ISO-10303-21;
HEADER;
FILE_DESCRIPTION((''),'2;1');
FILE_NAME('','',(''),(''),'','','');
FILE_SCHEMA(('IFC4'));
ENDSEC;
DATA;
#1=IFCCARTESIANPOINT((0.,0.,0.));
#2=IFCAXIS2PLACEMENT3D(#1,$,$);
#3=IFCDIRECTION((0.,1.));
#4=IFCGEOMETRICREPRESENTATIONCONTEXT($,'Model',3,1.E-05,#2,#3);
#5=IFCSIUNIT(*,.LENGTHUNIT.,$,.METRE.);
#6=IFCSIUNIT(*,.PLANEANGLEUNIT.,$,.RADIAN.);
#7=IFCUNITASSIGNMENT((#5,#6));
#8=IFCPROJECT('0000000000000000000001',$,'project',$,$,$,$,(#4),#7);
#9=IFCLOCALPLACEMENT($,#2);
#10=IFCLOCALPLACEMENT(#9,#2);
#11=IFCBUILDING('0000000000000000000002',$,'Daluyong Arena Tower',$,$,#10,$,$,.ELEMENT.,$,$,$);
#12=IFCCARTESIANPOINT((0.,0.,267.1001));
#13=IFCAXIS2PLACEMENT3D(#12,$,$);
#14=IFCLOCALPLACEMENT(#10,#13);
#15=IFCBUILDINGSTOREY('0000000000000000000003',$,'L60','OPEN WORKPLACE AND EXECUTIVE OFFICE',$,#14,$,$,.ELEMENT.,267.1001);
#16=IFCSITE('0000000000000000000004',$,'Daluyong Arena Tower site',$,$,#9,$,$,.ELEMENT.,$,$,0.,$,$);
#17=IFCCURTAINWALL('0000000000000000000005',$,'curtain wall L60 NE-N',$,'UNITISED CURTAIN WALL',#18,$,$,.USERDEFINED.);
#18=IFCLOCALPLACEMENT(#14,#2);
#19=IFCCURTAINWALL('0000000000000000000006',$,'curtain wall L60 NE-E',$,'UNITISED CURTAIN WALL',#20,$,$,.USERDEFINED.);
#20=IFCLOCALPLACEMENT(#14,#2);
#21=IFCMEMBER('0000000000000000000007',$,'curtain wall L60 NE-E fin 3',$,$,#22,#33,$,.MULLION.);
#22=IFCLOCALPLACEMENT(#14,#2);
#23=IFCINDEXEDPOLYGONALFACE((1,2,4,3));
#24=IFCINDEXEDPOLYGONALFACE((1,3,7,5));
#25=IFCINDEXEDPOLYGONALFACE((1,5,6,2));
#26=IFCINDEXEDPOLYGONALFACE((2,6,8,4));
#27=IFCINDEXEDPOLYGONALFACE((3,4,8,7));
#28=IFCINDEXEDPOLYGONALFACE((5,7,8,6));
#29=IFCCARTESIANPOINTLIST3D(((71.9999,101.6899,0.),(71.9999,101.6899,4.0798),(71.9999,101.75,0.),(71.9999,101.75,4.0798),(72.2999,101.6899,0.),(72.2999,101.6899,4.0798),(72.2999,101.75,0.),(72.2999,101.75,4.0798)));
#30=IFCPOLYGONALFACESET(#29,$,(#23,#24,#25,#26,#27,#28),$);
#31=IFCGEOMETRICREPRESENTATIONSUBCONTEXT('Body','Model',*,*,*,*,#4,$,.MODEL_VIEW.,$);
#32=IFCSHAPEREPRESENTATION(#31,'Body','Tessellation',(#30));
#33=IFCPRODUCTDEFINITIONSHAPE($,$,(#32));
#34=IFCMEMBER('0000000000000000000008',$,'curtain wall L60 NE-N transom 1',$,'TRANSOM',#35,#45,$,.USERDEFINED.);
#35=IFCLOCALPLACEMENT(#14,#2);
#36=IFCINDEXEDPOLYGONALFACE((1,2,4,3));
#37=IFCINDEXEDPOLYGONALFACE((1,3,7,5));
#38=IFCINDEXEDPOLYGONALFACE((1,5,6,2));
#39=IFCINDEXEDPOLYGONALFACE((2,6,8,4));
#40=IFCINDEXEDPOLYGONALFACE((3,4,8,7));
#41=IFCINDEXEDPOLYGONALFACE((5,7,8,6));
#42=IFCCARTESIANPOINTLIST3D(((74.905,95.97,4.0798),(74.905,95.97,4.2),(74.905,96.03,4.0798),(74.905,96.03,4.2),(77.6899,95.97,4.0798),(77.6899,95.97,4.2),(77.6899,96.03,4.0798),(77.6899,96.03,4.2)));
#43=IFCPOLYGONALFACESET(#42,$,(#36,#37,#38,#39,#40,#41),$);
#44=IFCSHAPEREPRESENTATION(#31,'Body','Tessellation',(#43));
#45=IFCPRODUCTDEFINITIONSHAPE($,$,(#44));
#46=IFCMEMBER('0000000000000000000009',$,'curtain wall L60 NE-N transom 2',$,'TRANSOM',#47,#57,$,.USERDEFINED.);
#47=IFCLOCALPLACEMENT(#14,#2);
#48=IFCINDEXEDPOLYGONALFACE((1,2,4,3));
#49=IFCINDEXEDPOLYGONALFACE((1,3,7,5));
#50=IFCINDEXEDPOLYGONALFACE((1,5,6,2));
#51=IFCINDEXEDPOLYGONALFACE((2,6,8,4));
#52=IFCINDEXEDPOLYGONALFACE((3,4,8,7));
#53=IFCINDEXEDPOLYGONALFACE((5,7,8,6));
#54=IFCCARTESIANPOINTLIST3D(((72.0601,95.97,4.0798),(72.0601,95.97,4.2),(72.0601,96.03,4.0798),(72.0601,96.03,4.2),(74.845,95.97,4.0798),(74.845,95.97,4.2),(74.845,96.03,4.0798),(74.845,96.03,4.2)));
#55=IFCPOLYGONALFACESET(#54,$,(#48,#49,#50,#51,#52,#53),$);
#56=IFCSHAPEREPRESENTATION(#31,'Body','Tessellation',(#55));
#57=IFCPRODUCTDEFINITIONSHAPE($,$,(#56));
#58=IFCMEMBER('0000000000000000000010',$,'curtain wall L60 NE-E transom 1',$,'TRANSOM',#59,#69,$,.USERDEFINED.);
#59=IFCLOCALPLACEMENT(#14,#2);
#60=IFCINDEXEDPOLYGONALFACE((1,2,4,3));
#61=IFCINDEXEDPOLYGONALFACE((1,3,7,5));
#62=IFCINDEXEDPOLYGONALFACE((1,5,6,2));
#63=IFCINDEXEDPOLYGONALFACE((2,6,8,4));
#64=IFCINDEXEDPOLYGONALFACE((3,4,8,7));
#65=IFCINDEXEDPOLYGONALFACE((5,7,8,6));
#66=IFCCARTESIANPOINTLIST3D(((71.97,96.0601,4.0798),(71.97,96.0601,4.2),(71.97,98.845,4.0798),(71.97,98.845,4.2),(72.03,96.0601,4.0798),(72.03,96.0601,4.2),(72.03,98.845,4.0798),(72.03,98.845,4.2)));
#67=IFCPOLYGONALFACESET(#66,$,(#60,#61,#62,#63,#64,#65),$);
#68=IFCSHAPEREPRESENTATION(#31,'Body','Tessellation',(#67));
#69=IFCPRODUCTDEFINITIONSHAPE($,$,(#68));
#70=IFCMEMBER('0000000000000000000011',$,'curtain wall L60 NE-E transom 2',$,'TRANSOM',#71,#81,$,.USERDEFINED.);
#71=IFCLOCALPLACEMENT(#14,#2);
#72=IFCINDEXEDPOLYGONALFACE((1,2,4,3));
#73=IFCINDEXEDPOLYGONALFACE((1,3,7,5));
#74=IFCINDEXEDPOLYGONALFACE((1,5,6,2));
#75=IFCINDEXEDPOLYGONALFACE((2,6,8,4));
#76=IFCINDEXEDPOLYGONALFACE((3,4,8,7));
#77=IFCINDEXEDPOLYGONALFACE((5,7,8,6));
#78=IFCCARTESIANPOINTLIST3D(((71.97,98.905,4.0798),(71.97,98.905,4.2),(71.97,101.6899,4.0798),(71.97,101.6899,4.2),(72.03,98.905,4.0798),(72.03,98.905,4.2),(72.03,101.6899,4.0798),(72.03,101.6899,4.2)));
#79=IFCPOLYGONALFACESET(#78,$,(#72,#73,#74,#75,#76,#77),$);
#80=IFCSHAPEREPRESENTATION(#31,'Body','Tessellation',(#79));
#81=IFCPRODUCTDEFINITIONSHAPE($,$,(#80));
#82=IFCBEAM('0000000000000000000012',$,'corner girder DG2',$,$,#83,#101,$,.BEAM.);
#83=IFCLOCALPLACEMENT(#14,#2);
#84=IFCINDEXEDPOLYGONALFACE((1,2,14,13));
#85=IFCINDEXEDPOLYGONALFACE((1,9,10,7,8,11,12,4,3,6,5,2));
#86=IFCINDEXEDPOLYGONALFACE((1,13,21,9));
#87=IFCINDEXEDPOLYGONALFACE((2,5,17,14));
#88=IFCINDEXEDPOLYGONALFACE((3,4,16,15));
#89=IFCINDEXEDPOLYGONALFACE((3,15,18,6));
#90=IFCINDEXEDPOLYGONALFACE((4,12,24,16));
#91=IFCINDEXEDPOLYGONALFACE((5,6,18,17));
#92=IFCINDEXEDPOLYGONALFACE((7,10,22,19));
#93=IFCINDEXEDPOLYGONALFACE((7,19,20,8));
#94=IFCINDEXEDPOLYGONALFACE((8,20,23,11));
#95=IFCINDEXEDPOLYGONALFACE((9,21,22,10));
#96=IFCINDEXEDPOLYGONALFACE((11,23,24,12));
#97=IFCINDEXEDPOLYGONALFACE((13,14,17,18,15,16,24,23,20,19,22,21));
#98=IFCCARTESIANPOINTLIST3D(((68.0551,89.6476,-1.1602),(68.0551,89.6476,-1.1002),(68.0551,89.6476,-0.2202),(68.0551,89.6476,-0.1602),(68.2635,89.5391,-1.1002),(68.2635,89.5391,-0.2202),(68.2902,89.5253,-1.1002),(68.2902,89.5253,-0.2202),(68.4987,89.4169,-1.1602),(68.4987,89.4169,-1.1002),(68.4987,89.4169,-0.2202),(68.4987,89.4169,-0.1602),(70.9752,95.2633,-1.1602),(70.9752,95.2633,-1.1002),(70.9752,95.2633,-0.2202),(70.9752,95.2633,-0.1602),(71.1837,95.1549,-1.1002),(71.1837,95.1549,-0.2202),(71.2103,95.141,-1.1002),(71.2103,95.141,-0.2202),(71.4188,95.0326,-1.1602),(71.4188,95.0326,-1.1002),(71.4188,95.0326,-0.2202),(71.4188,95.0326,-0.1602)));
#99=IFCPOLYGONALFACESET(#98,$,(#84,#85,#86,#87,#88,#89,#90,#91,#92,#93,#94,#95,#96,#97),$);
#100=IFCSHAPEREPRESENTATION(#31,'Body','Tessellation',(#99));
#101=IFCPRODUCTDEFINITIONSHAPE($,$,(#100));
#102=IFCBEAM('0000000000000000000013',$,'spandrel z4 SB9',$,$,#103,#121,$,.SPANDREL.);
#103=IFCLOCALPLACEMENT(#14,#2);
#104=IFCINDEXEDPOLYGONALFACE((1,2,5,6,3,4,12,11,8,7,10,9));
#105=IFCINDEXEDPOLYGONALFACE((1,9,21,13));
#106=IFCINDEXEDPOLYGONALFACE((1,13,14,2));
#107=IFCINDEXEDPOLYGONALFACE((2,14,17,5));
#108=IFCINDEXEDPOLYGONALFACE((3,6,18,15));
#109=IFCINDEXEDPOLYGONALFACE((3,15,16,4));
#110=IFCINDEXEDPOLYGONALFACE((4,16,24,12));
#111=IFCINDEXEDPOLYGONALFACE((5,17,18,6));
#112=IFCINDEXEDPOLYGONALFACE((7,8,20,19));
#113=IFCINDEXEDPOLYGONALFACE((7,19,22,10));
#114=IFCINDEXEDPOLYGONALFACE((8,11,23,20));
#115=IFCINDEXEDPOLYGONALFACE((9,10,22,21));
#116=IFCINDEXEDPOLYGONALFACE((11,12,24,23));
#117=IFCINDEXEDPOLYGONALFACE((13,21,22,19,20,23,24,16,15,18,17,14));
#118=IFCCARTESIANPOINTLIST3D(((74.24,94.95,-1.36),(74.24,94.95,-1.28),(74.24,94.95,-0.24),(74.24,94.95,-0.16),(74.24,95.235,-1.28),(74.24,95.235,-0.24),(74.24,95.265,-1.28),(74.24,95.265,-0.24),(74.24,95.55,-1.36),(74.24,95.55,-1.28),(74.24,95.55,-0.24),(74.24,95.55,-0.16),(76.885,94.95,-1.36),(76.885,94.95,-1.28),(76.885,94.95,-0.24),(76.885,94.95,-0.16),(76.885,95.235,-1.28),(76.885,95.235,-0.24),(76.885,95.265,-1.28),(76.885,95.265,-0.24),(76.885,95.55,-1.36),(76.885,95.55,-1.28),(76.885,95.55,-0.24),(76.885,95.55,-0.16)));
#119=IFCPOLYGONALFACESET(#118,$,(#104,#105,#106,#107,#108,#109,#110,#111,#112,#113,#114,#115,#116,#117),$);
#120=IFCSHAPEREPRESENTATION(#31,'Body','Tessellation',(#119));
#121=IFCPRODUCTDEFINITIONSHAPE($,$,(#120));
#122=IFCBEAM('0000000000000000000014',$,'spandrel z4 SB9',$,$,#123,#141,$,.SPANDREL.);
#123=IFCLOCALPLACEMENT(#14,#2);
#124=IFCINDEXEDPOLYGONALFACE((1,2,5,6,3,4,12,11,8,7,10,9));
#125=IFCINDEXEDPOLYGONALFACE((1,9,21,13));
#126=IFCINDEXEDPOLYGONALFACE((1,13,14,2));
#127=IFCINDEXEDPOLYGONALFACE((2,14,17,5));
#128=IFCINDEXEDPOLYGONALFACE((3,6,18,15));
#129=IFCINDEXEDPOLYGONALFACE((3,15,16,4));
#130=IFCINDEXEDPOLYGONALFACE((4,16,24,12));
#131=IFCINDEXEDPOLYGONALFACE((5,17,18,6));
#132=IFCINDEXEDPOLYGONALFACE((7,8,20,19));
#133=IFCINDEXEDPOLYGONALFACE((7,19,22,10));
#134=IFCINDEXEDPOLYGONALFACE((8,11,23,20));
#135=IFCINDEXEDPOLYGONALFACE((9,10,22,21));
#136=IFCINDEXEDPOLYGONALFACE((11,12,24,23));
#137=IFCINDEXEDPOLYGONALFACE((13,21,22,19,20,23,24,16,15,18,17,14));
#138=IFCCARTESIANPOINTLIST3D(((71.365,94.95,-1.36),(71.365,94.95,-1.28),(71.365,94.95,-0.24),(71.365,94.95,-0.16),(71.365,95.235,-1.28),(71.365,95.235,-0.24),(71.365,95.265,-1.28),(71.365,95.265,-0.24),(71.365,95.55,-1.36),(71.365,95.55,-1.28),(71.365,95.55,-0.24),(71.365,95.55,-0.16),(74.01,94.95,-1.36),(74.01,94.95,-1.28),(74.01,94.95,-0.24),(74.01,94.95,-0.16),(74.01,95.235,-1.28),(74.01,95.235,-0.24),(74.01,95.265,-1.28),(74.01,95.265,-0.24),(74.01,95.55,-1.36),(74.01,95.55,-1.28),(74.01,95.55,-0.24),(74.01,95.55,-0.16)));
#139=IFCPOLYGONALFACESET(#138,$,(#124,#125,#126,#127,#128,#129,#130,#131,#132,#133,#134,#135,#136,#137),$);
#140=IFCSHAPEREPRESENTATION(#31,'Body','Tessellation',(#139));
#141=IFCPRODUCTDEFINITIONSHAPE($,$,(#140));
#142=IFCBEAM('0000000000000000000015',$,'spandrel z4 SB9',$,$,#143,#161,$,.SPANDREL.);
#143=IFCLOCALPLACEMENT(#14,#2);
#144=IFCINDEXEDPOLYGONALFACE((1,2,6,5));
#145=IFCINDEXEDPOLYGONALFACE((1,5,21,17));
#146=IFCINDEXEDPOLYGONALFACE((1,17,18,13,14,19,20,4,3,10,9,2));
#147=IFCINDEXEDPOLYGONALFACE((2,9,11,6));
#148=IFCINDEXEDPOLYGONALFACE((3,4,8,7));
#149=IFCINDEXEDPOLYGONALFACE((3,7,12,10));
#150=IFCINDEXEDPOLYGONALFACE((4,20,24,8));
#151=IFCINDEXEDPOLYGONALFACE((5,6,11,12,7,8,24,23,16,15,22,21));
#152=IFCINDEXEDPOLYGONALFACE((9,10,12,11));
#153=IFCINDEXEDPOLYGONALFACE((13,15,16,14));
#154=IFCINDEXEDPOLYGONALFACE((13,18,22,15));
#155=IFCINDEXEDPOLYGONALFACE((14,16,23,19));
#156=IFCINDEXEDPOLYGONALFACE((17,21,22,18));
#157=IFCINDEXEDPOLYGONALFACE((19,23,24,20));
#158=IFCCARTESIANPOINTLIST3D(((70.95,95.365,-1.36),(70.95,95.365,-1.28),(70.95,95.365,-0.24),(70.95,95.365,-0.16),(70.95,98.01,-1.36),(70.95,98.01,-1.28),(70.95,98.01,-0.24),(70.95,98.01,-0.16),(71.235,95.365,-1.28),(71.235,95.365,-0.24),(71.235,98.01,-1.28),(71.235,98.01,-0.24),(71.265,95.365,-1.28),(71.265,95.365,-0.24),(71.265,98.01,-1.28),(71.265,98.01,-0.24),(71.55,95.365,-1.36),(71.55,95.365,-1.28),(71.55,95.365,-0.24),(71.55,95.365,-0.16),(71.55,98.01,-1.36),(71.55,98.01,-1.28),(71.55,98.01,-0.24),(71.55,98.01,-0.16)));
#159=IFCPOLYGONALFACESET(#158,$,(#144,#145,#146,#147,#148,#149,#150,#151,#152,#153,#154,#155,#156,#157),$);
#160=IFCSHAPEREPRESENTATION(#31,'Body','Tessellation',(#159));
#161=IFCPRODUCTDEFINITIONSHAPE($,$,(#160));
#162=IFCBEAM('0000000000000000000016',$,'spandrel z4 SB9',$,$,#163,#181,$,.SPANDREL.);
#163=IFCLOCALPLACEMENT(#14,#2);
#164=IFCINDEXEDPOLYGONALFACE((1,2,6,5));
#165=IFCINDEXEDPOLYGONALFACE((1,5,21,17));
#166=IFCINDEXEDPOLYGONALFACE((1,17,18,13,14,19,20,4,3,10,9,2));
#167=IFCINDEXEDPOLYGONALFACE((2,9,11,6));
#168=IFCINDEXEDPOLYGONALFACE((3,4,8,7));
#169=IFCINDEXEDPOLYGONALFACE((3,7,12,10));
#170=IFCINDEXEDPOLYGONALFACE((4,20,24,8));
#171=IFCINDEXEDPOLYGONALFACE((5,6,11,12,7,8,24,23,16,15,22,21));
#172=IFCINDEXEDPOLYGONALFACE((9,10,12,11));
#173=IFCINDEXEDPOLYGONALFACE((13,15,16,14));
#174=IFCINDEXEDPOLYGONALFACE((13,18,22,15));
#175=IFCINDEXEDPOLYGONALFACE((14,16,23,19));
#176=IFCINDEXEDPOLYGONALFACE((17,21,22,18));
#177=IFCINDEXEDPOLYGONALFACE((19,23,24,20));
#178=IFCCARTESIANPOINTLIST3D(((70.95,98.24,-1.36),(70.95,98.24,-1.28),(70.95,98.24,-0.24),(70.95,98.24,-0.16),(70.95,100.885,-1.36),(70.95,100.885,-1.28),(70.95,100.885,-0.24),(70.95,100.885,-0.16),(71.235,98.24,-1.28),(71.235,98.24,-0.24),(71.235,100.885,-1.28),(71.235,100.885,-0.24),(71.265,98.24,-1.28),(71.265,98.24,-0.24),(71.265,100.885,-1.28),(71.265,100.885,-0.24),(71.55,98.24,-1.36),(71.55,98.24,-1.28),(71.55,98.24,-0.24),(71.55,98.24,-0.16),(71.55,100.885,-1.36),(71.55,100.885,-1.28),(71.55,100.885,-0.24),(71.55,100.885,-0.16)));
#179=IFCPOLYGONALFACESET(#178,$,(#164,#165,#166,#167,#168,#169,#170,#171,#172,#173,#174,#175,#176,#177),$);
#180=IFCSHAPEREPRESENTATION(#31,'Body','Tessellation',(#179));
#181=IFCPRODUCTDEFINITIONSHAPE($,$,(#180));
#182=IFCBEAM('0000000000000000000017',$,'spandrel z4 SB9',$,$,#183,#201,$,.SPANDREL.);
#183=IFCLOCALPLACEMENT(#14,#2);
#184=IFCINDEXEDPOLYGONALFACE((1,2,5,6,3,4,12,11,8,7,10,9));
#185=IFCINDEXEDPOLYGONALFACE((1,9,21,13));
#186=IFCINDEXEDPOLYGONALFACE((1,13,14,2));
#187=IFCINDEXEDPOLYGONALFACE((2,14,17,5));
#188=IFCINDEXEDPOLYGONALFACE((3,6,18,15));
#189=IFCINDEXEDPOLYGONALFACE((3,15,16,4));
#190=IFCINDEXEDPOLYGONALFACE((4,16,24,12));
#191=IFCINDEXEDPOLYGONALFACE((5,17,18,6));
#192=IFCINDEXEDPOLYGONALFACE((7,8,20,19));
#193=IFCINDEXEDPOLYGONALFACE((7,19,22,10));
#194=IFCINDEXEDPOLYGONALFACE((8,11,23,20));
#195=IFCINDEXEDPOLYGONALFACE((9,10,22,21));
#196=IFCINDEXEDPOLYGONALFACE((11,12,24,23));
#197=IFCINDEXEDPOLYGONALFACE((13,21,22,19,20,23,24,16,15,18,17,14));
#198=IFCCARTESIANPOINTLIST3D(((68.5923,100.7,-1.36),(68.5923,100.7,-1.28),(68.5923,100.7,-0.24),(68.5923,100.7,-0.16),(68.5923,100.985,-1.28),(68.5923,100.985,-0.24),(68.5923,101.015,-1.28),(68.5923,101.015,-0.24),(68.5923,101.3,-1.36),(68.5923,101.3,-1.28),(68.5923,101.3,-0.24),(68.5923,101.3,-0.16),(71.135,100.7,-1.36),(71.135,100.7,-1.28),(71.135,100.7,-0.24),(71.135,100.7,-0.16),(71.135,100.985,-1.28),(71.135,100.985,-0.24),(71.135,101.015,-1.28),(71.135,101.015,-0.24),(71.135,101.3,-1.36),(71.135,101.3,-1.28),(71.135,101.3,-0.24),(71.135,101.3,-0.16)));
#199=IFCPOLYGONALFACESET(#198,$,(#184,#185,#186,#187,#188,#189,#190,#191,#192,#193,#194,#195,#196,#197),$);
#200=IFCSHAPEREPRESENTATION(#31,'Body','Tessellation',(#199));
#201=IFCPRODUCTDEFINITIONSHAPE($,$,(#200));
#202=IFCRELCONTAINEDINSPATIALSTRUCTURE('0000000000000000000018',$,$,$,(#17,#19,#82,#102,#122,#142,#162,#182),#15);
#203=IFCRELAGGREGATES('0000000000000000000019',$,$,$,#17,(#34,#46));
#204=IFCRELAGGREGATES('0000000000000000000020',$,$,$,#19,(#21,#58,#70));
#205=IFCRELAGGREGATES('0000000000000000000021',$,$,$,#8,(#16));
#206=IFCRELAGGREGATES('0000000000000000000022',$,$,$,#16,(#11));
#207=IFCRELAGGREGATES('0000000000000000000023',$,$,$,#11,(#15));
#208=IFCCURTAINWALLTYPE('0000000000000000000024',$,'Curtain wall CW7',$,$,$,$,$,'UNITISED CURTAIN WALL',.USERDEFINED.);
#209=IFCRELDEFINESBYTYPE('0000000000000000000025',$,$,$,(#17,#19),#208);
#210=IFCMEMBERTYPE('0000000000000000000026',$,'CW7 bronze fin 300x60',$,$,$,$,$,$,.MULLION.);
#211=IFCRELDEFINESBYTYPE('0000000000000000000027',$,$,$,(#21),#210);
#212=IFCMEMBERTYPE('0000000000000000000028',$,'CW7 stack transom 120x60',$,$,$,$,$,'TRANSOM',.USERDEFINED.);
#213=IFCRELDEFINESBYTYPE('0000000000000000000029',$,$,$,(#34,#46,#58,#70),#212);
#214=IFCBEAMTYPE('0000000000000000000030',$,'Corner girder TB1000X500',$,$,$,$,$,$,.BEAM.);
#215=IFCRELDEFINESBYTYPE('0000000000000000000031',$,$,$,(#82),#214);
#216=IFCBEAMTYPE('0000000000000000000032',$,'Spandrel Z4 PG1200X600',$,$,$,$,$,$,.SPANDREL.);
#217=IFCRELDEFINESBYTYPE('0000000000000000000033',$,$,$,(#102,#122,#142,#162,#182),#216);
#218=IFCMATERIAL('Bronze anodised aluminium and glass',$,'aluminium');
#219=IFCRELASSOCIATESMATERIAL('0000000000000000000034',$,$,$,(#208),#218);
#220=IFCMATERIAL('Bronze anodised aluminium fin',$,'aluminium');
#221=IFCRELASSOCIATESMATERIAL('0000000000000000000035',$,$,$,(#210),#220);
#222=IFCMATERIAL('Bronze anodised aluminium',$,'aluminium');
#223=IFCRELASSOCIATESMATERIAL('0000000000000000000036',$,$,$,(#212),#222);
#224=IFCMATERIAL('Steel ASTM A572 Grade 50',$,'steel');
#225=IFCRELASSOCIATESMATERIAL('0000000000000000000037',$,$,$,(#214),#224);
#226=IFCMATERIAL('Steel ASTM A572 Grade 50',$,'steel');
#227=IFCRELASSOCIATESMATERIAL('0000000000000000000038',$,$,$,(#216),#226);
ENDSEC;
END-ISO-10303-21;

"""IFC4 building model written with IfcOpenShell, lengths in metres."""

from ifc_helpers import new_model, si_unit, direction, frame, origin, origin_2d, place, context, subcontext, project, spatial, rectangle, i_section, extrude, material, material_profile, profile_set, type_object, element, aggregate, save


model = new_model("IFC4")

# Units and contexts
model_context = context("Model", 3, precision=1e-05, world=origin(), true_north=direction((0.0, 1.0)))
body_context = subcontext(model_context, "Body", "Model", "MODEL_VIEW")
ifc_project = project(units=[si_unit("LENGTHUNIT", "METRE"), si_unit("PLANEANGLEUNIT", "RADIAN")], contexts=[model_context])

# Site, building, storey
site_placement = place(None, origin())
site = spatial("IfcSite", under=ifc_project, at=site_placement, Name="Daluyong Arena Tower site", CompositionType="ELEMENT", RefElevation=0.0)
building_placement = place(site_placement, origin())
building = spatial("IfcBuilding", under=site, at=building_placement, Name="Daluyong Arena Tower", CompositionType="ELEMENT")
storey_placement = place(building_placement, frame((0.0, 0.0, 267.1001)))
storey = spatial("IfcBuildingStorey", under=building, at=storey_placement, Name="L60", Description="OPEN WORKPLACE AND EXECUTIVE OFFICE", CompositionType="ELEMENT", Elevation=267.1001)

# Curtain walls, member
ifc_material_1 = material(Name="Bronze anodised aluminium and glass", Category="aluminium")
curtain_wall_type_1 = type_object("IfcCurtainWallType", Name="Curtain wall CW7", ElementType="UNITISED CURTAIN WALL", PredefinedType="USERDEFINED", material=ifc_material_1)
curtain_wall_1_placement = place(storey_placement, origin())
curtain_wall_1 = element("IfcCurtainWall", 1, at=curtain_wall_1_placement, inside=storey, type_object=curtain_wall_type_1, Name="curtain wall L60 NE-N", ObjectType="UNITISED CURTAIN WALL", PredefinedType="USERDEFINED")
ifc_material_2 = material(Name="Bronze anodised aluminium fin", Category="aluminium")
ifc_material_profile_1 = material_profile(ifc_material_2, rectangle(XDim=0.3, YDim=0.0601, at=origin_2d()))
ifc_profile_set_1 = profile_set([ifc_material_profile_1], Name="Bronze anodised aluminium fin")
member_type_1 = type_object("IfcMemberType", Name="CW7 bronze fin 300x60", PredefinedType="MULLION", material=ifc_profile_set_1)
curtain_wall_2_placement = place(storey_placement, origin())
curtain_wall_2 = element("IfcCurtainWall", 2, at=curtain_wall_2_placement, inside=storey, type_object=curtain_wall_type_1, Name="curtain wall L60 NE-E", ObjectType="UNITISED CURTAIN WALL", PredefinedType="USERDEFINED")
member_1_placement = place(storey_placement, frame((72.1499, 101.72, 0.0), z_axis=(0.0, 0.0, 1.0), x_axis=(-1.0, 0.0, 0.0)))
member_1 = element("IfcMember", 3, at=member_1_placement, type_object=member_type_1, Name="curtain wall L60 NE-E fin 3", PredefinedType="MULLION", context=body_context, shape_type="SweptSolid", body=[
    extrude(rectangle(XDim=0.3, YDim=0.0601, at=origin_2d()), origin(), (0.0, 0.0, 1.0), 4.0798),
])

# Members
ifc_material_3 = material(Name="Bronze anodised aluminium", Category="aluminium")
ifc_material_profile_2 = material_profile(ifc_material_3, rectangle(XDim=0.0601, YDim=0.1201, at=origin_2d()))
ifc_profile_set_2 = profile_set([ifc_material_profile_2], Name="Bronze anodised aluminium")
member_type_2 = type_object("IfcMemberType", Name="CW7 stack transom 120x60", ElementType="TRANSOM", PredefinedType="USERDEFINED", material=ifc_profile_set_2)
member_2_placement = place(storey_placement, frame((77.6899, 96.0, 4.1399), z_axis=(-1.0, 0.0, 0.0), x_axis=(0.0, -1.0, 0.0)))
member_2 = element("IfcMember", 4, at=member_2_placement, type_object=member_type_2, Name="curtain wall L60 NE-N transom 1", ObjectType="TRANSOM", PredefinedType="USERDEFINED", context=body_context, shape_type="SweptSolid", body=[
    extrude(rectangle(XDim=0.0601, YDim=0.1201, at=origin_2d()), origin(), (0.0, 0.0, 1.0), 2.7849),
])
member_3_placement = place(storey_placement, frame((74.845, 96.0, 4.1399), z_axis=(-1.0, 0.0, 0.0), x_axis=(0.0, -1.0, 0.0)))
member_3 = element("IfcMember", 5, at=member_3_placement, type_object=member_type_2, Name="curtain wall L60 NE-N transom 2", ObjectType="TRANSOM", PredefinedType="USERDEFINED", context=body_context, shape_type="SweptSolid", body=[
    extrude(rectangle(XDim=0.0601, YDim=0.1201, at=origin_2d()), origin(), (0.0, 0.0, 1.0), 2.7849),
])
member_4_placement = place(storey_placement, frame((72.0, 96.0601, 4.1399), z_axis=(0.0, 1.0, 0.0), x_axis=(-1.0, 0.0, 0.0)))
member_4 = element("IfcMember", 6, at=member_4_placement, type_object=member_type_2, Name="curtain wall L60 NE-E transom 1", ObjectType="TRANSOM", PredefinedType="USERDEFINED", context=body_context, shape_type="SweptSolid", body=[
    extrude(rectangle(XDim=0.0601, YDim=0.1201, at=origin_2d()), origin(), (0.0, 0.0, 1.0), 2.7849),
])
member_5_placement = place(storey_placement, frame((72.0, 98.905, 4.1399), z_axis=(0.0, 1.0, 0.0), x_axis=(-1.0, 0.0, 0.0)))
member_5 = element("IfcMember", 7, at=member_5_placement, type_object=member_type_2, Name="curtain wall L60 NE-E transom 2", ObjectType="TRANSOM", PredefinedType="USERDEFINED", context=body_context, shape_type="SweptSolid", body=[
    extrude(rectangle(XDim=0.0601, YDim=0.1201, at=origin_2d()), origin(), (0.0, 0.0, 1.0), 2.7849),
])

# Beams
ifc_material_4 = material(Name="Steel ASTM A572 Grade 50", Category="steel")
ifc_material_profile_3 = material_profile(ifc_material_4, i_section(OverallWidth=0.5, OverallDepth=1.0, WebThickness=0.03, FlangeThickness=0.06, at=origin_2d()))
ifc_profile_set_3 = profile_set([ifc_material_profile_3], Name="Steel ASTM A572 Grade 50")
beam_type_1 = type_object("IfcBeamType", Name="Corner girder TB1000X500", PredefinedType="BEAM", material=ifc_profile_set_3)
beam_1_placement = place(storey_placement, frame((71.197, 95.1479, -0.6602), z_axis=(-0.461352, -0.887217, 0.0), x_axis=(0.887217, -0.461352, 0.0)))
element("IfcBeam", 8, at=beam_1_placement, inside=storey, type_object=beam_type_1, Name="corner girder DG2", PredefinedType="BEAM", context=body_context, shape_type="SweptSolid", body=[
    extrude(i_section(OverallWidth=0.5, OverallDepth=1.0, WebThickness=0.03, FlangeThickness=0.06, at=origin_2d()), origin(), (0.0, 0.0, 1.0), 6.3296),
])
ifc_material_5 = material(Name="Steel ASTM A572 Grade 50", Category="steel")
ifc_material_profile_4 = material_profile(ifc_material_5, i_section(OverallWidth=0.6001, OverallDepth=1.2, WebThickness=0.03, FlangeThickness=0.08, at=origin_2d()))
ifc_profile_set_4 = profile_set([ifc_material_profile_4], Name="Steel ASTM A572 Grade 50")
beam_type_2 = type_object("IfcBeamType", Name="Spandrel Z4 PG1200X600", PredefinedType="SPANDREL", material=ifc_profile_set_4)
for number, where, z_axis, x_axis, name in (
    (9, (76.885, 95.25, -0.76), (-1.0, 0.0, 0.0), (0.0, -1.0, 0.0), "spandrel z4 SB9"),
    (10, (74.01, 95.25, -0.76), (-1.0, 0.0, 0.0), (0.0, -1.0, 0.0), "spandrel z4 SB9"),
    (11, (71.25, 95.365, -0.76), (0.0, 1.0, 0.0), (-1.0, 0.0, 0.0), "spandrel z4 SB9"),
    (12, (71.25, 98.24, -0.76), (0.0, 1.0, 0.0), (-1.0, 0.0, 0.0), "spandrel z4 SB9"),
):
    element("IfcBeam", number, at=place(storey_placement, frame(where, z_axis=z_axis, x_axis=x_axis)), inside=storey, type_object=beam_type_2, Name=name, PredefinedType="SPANDREL", context=body_context, shape_type="SweptSolid", body=[
        extrude(i_section(OverallWidth=0.6001, OverallDepth=1.2, WebThickness=0.03, FlangeThickness=0.08, at=origin_2d()), origin(), (0.0, 0.0, 1.0), 2.645),
    ])
beam_2_placement = place(storey_placement, frame((71.135, 101.0, -0.76), z_axis=(-1.0, 0.0, 0.0), x_axis=(0.0, -1.0, 0.0)))
element("IfcBeam", 13, at=beam_2_placement, inside=storey, type_object=beam_type_2, Name="spandrel z4 SB9", PredefinedType="SPANDREL", context=body_context, shape_type="SweptSolid", body=[
    extrude(i_section(OverallWidth=0.6001, OverallDepth=1.2, WebThickness=0.03, FlangeThickness=0.08, at=origin_2d()), origin(), (0.0, 0.0, 1.0), 2.5427),
])

aggregate(curtain_wall_1, [member_2, member_3])
aggregate(curtain_wall_2, [member_1, member_4, member_5])

save(model, "model.ifc")
